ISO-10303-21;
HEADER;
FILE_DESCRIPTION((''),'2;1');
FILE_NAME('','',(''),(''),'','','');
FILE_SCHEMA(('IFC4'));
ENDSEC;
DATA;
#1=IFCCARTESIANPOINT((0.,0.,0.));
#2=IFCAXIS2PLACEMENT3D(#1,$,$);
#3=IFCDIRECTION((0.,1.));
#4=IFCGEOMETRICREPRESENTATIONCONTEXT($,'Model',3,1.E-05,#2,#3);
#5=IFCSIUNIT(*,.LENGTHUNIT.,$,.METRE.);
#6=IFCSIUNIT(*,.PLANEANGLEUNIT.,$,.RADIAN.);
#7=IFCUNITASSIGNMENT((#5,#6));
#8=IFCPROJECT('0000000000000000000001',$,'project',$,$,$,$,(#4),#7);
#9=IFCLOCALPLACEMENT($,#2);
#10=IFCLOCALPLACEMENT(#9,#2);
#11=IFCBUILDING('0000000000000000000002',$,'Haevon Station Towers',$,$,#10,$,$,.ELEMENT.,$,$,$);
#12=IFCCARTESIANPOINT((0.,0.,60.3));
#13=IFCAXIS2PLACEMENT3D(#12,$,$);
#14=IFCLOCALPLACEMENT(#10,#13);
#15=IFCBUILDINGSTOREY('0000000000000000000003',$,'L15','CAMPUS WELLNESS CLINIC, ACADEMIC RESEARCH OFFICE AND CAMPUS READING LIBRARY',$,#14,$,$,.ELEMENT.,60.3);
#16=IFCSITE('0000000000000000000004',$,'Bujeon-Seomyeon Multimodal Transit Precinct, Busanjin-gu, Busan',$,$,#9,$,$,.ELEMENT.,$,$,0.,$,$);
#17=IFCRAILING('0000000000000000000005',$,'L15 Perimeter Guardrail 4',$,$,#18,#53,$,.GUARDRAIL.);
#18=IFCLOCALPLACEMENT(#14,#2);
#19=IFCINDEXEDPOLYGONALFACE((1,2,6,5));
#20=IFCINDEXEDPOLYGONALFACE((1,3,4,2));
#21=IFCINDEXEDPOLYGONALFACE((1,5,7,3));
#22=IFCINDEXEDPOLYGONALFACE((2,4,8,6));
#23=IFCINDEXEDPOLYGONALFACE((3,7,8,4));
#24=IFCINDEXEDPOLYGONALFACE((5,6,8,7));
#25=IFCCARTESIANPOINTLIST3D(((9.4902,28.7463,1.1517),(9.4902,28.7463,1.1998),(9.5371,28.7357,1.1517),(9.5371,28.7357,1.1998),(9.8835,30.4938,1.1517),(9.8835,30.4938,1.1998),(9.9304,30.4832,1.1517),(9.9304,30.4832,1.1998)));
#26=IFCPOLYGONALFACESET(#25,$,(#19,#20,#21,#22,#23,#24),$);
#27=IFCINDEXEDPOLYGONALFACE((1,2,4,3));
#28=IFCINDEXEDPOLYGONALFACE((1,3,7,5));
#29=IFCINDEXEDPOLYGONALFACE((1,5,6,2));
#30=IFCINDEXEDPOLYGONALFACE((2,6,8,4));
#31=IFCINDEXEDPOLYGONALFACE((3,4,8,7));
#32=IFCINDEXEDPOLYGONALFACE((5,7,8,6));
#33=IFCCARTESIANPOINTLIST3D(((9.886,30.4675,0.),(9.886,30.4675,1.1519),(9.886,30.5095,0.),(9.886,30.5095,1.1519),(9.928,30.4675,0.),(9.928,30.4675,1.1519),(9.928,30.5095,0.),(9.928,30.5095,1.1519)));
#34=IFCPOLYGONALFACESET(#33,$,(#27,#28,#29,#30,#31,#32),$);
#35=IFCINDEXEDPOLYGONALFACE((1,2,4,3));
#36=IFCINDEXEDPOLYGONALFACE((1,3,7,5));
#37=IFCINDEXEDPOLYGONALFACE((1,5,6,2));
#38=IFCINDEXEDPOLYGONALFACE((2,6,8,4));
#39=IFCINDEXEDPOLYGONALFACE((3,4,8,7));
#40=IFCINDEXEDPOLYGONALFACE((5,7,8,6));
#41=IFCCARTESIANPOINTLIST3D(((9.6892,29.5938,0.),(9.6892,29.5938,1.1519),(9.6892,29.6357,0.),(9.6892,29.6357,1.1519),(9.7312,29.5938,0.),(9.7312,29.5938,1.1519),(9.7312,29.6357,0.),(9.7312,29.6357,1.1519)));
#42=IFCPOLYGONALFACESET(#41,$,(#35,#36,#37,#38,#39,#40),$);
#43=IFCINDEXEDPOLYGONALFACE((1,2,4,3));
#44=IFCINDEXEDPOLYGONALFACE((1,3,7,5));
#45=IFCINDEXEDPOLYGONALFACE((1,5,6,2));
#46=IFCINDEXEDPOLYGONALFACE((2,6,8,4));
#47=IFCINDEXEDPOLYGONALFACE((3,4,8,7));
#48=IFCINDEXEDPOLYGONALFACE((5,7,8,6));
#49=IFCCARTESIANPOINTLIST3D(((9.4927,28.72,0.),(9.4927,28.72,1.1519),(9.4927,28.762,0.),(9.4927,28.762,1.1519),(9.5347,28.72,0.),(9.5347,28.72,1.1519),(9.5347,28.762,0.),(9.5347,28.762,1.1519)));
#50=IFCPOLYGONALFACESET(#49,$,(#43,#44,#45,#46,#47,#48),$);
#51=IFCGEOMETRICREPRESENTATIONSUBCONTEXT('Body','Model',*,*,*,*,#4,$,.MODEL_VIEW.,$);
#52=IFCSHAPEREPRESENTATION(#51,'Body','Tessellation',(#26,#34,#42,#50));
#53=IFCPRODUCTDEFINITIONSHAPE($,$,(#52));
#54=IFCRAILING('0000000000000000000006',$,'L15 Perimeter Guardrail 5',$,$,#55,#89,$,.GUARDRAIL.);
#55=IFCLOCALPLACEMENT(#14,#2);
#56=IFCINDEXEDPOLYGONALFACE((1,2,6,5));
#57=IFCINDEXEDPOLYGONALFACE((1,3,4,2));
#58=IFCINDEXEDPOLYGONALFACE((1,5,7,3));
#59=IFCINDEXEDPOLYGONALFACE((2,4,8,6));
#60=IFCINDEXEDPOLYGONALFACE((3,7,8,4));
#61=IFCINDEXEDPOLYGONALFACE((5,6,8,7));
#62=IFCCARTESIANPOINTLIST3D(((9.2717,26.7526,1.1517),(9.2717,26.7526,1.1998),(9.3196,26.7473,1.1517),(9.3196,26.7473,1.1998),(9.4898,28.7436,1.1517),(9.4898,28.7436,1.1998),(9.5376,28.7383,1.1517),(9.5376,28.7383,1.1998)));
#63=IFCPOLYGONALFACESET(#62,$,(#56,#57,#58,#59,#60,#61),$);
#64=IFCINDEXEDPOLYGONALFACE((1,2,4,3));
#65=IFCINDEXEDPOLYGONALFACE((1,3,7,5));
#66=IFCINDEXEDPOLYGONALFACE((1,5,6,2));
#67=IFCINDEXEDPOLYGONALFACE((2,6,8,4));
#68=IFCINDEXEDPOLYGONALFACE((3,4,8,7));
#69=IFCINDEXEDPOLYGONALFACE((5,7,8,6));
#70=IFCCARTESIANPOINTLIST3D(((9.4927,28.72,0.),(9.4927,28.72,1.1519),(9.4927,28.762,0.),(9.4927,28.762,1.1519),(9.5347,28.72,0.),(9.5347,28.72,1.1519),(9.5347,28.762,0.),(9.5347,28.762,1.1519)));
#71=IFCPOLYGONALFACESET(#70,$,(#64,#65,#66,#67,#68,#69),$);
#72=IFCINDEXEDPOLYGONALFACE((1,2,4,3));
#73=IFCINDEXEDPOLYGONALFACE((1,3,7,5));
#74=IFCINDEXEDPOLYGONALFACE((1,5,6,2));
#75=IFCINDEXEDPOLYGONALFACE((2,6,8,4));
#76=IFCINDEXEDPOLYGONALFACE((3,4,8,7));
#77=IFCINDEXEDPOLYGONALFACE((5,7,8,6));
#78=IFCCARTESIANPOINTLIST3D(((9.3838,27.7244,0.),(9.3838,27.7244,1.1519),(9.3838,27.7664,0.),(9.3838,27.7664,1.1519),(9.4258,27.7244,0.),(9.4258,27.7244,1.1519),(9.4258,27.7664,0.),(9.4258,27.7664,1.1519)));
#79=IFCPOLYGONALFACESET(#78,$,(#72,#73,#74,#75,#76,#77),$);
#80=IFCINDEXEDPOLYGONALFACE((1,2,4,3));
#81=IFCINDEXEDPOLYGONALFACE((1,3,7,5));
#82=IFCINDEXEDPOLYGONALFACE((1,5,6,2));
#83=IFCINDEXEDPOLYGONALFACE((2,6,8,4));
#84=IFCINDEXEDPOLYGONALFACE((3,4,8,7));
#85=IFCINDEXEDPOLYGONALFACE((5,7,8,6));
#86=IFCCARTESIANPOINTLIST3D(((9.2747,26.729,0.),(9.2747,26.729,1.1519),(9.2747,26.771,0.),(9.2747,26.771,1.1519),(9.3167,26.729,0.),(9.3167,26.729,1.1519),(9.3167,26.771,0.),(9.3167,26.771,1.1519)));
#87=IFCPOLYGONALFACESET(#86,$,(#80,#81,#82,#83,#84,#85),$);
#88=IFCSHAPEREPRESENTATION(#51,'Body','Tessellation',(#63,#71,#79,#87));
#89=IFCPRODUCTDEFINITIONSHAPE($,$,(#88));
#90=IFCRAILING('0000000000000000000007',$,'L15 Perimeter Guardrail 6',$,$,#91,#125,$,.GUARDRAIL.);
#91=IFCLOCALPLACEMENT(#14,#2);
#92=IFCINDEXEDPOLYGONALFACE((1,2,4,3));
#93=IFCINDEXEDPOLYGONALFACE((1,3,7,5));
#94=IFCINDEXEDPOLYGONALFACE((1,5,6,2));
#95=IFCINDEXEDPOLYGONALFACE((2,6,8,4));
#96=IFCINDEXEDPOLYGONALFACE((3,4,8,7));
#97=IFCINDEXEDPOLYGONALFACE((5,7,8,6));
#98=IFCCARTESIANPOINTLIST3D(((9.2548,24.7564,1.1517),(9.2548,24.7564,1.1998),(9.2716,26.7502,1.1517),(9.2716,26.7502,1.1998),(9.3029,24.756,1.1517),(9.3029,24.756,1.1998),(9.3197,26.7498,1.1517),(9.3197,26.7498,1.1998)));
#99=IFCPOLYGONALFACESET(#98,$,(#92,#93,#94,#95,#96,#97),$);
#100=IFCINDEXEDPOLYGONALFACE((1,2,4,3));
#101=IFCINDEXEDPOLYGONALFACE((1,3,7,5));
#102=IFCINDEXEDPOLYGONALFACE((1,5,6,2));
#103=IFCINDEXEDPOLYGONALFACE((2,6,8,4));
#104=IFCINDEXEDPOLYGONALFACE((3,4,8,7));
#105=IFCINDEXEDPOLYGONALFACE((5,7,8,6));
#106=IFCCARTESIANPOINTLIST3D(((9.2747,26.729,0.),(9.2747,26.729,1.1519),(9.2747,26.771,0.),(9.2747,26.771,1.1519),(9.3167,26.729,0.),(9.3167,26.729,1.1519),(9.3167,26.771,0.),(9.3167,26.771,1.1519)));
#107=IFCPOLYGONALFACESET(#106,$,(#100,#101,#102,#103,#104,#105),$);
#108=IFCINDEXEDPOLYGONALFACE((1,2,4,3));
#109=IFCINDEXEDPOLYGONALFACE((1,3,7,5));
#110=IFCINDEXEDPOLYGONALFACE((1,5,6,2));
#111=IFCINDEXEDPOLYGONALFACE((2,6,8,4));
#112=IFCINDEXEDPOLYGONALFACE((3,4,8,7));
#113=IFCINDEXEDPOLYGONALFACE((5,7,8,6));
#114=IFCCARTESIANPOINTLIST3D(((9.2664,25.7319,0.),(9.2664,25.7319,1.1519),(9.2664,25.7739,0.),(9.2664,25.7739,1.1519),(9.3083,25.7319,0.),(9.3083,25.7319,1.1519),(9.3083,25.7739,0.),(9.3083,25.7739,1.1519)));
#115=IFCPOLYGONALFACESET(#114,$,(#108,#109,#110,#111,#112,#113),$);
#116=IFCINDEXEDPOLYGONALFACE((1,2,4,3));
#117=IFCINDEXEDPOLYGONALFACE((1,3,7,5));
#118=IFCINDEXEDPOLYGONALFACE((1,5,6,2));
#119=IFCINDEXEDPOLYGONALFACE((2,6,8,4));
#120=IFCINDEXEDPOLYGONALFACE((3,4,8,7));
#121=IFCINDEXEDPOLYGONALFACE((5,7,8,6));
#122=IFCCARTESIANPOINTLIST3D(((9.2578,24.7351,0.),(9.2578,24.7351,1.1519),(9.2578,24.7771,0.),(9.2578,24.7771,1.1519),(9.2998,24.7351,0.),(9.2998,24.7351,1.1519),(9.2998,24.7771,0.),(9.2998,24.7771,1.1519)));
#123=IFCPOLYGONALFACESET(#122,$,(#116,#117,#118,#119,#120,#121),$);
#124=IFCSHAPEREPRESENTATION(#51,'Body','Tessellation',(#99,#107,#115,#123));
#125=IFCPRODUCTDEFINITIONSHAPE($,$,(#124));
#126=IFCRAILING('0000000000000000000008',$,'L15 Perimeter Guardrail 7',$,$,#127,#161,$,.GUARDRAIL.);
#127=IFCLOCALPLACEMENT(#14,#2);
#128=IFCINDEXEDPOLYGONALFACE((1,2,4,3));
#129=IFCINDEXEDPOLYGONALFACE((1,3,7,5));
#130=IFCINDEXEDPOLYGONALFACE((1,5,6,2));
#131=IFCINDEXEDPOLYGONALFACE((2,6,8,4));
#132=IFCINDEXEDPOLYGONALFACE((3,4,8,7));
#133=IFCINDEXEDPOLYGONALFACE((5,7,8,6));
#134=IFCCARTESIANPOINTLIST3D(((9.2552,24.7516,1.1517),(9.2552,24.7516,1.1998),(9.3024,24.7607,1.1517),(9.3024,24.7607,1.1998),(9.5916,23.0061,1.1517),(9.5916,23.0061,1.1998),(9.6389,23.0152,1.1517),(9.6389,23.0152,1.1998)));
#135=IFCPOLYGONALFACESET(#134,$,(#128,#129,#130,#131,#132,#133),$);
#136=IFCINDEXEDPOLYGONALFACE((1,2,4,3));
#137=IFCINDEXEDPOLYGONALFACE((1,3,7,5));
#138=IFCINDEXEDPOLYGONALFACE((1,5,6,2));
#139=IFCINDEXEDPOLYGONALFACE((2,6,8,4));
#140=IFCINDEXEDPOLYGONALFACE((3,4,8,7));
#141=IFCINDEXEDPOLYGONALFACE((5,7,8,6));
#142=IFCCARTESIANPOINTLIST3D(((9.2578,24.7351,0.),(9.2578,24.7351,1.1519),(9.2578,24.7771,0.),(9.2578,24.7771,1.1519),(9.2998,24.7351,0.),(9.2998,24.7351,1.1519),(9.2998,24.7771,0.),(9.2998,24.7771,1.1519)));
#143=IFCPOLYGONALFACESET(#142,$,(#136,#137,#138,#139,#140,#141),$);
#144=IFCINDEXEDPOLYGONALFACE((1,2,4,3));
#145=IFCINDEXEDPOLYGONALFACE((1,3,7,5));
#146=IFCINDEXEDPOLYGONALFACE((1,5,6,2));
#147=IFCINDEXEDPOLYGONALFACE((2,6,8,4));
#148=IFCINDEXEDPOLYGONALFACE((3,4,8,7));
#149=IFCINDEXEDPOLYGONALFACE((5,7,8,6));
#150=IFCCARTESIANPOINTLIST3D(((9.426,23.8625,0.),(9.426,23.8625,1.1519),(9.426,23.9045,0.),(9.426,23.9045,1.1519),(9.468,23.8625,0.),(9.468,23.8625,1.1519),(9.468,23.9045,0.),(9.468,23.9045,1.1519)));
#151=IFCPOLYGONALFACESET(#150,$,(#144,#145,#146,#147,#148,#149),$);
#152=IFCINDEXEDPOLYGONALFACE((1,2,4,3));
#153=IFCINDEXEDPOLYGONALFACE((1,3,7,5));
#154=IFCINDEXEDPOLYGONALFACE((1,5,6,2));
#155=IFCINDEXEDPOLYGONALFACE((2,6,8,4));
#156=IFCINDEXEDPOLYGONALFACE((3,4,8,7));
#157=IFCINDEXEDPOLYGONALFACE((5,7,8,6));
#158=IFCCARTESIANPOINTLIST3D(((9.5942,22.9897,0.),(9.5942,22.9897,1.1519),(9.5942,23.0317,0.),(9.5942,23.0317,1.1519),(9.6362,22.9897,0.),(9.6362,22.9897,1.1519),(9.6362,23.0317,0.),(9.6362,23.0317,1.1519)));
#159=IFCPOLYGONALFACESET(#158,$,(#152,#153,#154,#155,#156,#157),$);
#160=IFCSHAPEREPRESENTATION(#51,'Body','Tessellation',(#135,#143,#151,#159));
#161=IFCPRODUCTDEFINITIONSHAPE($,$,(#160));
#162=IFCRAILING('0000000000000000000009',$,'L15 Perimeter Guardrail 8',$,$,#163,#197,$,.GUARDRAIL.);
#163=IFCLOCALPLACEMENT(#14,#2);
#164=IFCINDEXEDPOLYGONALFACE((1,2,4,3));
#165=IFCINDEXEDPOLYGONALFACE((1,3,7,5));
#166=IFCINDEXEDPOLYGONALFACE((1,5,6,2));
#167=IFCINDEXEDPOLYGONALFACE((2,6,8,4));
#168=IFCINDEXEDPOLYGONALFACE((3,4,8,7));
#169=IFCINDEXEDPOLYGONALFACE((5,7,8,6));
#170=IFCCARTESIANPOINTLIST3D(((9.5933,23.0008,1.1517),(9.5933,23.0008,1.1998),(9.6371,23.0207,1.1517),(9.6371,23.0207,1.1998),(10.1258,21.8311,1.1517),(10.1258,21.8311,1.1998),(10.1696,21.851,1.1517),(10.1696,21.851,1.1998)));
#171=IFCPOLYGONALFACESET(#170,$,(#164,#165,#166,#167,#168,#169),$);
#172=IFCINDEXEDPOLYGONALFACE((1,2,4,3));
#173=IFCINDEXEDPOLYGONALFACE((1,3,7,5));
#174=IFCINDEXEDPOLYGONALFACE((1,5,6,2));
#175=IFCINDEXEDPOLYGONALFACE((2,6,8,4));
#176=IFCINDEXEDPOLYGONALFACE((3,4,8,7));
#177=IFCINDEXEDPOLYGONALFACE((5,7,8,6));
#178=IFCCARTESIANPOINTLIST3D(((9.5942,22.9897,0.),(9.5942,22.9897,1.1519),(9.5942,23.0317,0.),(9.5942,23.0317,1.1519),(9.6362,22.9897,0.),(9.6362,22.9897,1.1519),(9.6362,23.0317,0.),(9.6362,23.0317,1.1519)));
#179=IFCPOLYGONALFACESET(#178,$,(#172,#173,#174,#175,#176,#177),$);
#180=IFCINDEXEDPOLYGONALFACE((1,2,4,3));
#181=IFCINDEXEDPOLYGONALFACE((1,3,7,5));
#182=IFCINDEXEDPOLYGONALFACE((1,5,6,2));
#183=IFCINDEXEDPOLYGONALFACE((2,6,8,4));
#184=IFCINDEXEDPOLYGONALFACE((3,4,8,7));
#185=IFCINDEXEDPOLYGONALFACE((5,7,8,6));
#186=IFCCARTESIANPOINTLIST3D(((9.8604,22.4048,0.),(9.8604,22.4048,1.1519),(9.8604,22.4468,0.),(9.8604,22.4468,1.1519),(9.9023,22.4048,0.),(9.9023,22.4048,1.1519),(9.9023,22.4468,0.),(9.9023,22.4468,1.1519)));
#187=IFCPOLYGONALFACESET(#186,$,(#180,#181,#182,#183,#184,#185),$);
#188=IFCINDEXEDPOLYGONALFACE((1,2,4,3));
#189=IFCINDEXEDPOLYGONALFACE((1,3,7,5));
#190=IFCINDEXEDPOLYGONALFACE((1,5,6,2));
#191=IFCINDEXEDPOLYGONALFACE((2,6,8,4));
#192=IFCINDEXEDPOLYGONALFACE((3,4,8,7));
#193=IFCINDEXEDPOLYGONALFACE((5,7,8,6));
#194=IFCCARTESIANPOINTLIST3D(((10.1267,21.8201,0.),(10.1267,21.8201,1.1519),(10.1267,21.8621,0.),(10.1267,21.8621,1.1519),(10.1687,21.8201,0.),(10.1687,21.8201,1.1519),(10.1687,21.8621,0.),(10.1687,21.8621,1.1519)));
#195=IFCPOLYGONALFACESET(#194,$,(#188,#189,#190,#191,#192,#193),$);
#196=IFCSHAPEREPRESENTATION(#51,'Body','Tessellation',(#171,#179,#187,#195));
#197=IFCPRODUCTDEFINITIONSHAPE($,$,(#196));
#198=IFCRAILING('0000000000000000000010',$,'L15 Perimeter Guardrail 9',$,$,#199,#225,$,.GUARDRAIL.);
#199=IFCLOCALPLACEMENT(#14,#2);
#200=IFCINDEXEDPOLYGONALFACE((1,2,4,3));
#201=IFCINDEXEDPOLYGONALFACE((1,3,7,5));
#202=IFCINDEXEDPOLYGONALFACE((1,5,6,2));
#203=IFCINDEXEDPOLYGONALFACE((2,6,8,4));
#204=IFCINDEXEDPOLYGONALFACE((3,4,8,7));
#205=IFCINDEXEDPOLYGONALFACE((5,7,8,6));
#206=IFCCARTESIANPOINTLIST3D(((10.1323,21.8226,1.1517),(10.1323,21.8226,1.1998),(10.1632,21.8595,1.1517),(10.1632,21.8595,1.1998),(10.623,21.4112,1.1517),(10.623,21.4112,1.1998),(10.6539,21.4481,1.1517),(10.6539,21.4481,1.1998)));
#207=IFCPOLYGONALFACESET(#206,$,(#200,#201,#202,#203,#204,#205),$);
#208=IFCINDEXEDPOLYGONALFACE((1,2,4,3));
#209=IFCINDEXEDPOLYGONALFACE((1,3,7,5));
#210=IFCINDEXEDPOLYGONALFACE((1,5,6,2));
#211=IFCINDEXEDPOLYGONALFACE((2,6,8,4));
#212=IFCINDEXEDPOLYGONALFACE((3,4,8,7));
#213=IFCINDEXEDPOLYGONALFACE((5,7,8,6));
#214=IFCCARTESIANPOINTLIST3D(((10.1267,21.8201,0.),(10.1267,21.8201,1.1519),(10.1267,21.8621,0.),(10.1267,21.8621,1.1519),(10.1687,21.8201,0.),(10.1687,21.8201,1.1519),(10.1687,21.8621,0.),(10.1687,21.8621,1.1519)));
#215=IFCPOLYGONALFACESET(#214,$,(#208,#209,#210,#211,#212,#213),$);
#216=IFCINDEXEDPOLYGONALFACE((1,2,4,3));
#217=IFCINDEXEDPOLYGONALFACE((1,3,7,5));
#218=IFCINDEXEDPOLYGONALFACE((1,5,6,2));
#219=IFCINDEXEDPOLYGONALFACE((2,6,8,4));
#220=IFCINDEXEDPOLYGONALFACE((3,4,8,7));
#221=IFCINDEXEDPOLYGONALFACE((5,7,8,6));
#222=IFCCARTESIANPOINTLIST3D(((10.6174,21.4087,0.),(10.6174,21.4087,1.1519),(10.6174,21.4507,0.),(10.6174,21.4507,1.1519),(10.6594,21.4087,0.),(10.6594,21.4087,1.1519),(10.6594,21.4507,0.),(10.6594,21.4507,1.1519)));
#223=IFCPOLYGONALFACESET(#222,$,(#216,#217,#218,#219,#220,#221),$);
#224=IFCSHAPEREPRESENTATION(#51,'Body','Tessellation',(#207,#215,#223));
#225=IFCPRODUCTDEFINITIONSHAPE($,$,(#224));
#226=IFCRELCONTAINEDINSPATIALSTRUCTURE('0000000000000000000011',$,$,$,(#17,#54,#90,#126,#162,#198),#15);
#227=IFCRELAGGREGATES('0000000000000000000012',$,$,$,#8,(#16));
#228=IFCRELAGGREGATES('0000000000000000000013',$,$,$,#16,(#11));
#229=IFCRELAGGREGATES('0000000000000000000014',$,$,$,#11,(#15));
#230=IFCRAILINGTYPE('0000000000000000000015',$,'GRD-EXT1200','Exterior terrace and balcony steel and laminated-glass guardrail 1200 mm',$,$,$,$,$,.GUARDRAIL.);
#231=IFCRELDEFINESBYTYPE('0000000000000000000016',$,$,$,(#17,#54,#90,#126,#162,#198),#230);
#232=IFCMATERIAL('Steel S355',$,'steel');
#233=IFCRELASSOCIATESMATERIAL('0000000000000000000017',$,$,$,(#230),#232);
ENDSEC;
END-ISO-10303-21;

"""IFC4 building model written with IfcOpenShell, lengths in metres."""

from ifc_helpers import new_model, si_unit, direction, frame, origin, origin_2d, place, context, subcontext, project, spatial, rectangle, extrude, material, type_object, element, save


model = new_model("IFC4")

# Units and contexts
model_context = context("Model", 3, precision=1e-05, world=origin(), true_north=direction((0.0, 1.0)))
body_context = subcontext(model_context, "Body", "Model", "MODEL_VIEW")
ifc_project = project(units=[si_unit("LENGTHUNIT", "METRE"), si_unit("PLANEANGLEUNIT", "RADIAN")], contexts=[model_context])

# Site, building, storey
site_placement = place(None, origin())
site = spatial("IfcSite", under=ifc_project, at=site_placement, Name="Bujeon-Seomyeon Multimodal Transit Precinct, Busanjin-gu, Busan", CompositionType="ELEMENT", RefElevation=0.0)
building_placement = place(site_placement, origin())
building = spatial("IfcBuilding", under=site, at=building_placement, Name="Haevon Station Towers", CompositionType="ELEMENT")
storey_placement = place(building_placement, frame((0.0, 0.0, 60.3)))
storey = spatial("IfcBuildingStorey", under=building, at=storey_placement, Name="L15", Description="CAMPUS WELLNESS CLINIC, ACADEMIC RESEARCH OFFICE AND CAMPUS READING LIBRARY", CompositionType="ELEMENT", Elevation=60.3)

# Shared definitions
ifc_material_1 = material(Name="Steel S355", Category="steel")

# Railings
railing_type = type_object("IfcRailingType", Name="GRD-EXT1200", Description="Exterior terrace and balcony steel and laminated-glass guardrail 1200 mm", PredefinedType="GUARDRAIL", material=ifc_material_1)
railing_1_placement = place(storey_placement, frame((9.907, 30.4885, 0.0)))
element("IfcRailing", 1, at=railing_1_placement, inside=storey, type_object=railing_type, Name="L15 Perimeter Guardrail 4", PredefinedType="GUARDRAIL", context=body_context, shape_type="SweptSolid", body=[
    extrude(rectangle(XDim=0.0481, YDim=0.0481, at=origin_2d()), frame((0.0, 0.0, 1.1758), z_axis=(-0.219571, -0.975597, 0.0), x_axis=(0.975597, -0.219571, 0.0)), (0.0, 0.0, 1.0), 1.7913),
    extrude(rectangle(XDim=0.042, YDim=0.042, at=origin_2d()), origin(), (0.0, 0.0, 1.0), 1.1519),
    extrude(rectangle(XDim=0.042, YDim=0.042, at=origin_2d()), frame((-0.1968, -0.8738, 0.0)), (0.0, 0.0, 1.0), 1.1519),
    extrude(rectangle(XDim=0.042, YDim=0.042, at=origin_2d()), frame((-0.3933, -1.7476, 0.0)), (0.0, 0.0, 1.0), 1.1519),
])
railing_2_placement = place(storey_placement, frame((9.5137, 28.741, 0.0)))
element("IfcRailing", 2, at=railing_2_placement, inside=storey, type_object=railing_type, Name="L15 Perimeter Guardrail 5", PredefinedType="GUARDRAIL", context=body_context, shape_type="SweptSolid", body=[
    extrude(rectangle(XDim=0.0481, YDim=0.0481, at=origin_2d()), frame((0.0, 0.0, 1.1758), z_axis=(-0.108853, -0.994058, 0.0), x_axis=(0.994058, -0.108853, 0.0)), (0.0, 0.0, 1.0), 2.0029),
    extrude(rectangle(XDim=0.042, YDim=0.042, at=origin_2d()), origin(), (0.0, 0.0, 1.0), 1.1519),
    extrude(rectangle(XDim=0.042, YDim=0.042, at=origin_2d()), frame((-0.1089, -0.9956, 0.0)), (0.0, 0.0, 1.0), 1.1519),
    extrude(rectangle(XDim=0.042, YDim=0.042, at=origin_2d()), frame((-0.218, -1.991, 0.0)), (0.0, 0.0, 1.0), 1.1519),
])
railing_3_placement = place(storey_placement, frame((9.2957, 26.75, 0.0)))
element("IfcRailing", 3, at=railing_3_placement, inside=storey, type_object=railing_type, Name="L15 Perimeter Guardrail 6", PredefinedType="GUARDRAIL", context=body_context, shape_type="SweptSolid", body=[
    extrude(rectangle(XDim=0.0481, YDim=0.0481, at=origin_2d()), frame((0.0, 0.0, 1.1758), z_axis=(-0.008448, -0.999964, 0.0), x_axis=(0.999964, -0.008448, 0.0)), (0.0, 0.0, 1.0), 1.9939),
    extrude(rectangle(XDim=0.042, YDim=0.042, at=origin_2d()), origin(), (0.0, 0.0, 1.0), 1.1519),
    extrude(rectangle(XDim=0.042, YDim=0.042, at=origin_2d()), frame((-0.0083, -0.9971, 0.0)), (0.0, 0.0, 1.0), 1.1519),
    extrude(rectangle(XDim=0.042, YDim=0.042, at=origin_2d()), frame((-0.0168, -1.9939, 0.0)), (0.0, 0.0, 1.0), 1.1519),
])
railing_4_placement = place(storey_placement, frame((9.2788, 24.7561, 0.0)))
element("IfcRailing", 4, at=railing_4_placement, inside=storey, type_object=railing_type, Name="L15 Perimeter Guardrail 7", PredefinedType="GUARDRAIL", context=body_context, shape_type="SweptSolid", body=[
    extrude(rectangle(XDim=0.0481, YDim=0.0481, at=origin_2d()), frame((0.0, 0.0, 1.1758), z_axis=(0.18927, -0.981925, 0.0), x_axis=(0.981925, 0.18927, 0.0)), (0.0, 0.0, 1.0), 1.7776),
    extrude(rectangle(XDim=0.042, YDim=0.042, at=origin_2d()), origin(), (0.0, 0.0, 1.0), 1.1519),
    extrude(rectangle(XDim=0.042, YDim=0.042, at=origin_2d()), frame((0.1682, -0.8726, 0.0)), (0.0, 0.0, 1.0), 1.1519),
    extrude(rectangle(XDim=0.042, YDim=0.042, at=origin_2d()), frame((0.3364, -1.7454, 0.0)), (0.0, 0.0, 1.0), 1.1519),
])
railing_5_placement = place(storey_placement, frame((9.6152, 23.0107, 0.0)))
element("IfcRailing", 5, at=railing_5_placement, inside=storey, type_object=railing_type, Name="L15 Perimeter Guardrail 8", PredefinedType="GUARDRAIL", context=body_context, shape_type="SweptSolid", body=[
    extrude(rectangle(XDim=0.0481, YDim=0.0481, at=origin_2d()), frame((0.0, 0.0, 1.1758), z_axis=(0.414318, -0.910132, 0.0), x_axis=(0.910132, 0.414318, 0.0)), (0.0, 0.0, 1.0), 1.2852),
    extrude(rectangle(XDim=0.042, YDim=0.042, at=origin_2d()), origin(), (0.0, 0.0, 1.0), 1.1519),
    extrude(rectangle(XDim=0.042, YDim=0.042, at=origin_2d()), frame((0.2661, -0.585, 0.0)), (0.0, 0.0, 1.0), 1.1519),
    extrude(rectangle(XDim=0.042, YDim=0.042, at=origin_2d()), frame((0.5325, -1.1697, 0.0)), (0.0, 0.0, 1.0), 1.1519),
])
railing_6_placement = place(storey_placement, frame((10.1477, 21.8411, 0.0)))
element("IfcRailing", 6, at=railing_6_placement, inside=storey, type_object=railing_type, Name="L15 Perimeter Guardrail 9", PredefinedType="GUARDRAIL", context=body_context, shape_type="SweptSolid", body=[
    extrude(rectangle(XDim=0.0481, YDim=0.0481, at=origin_2d()), frame((0.0, 0.0, 1.1758), z_axis=(0.766343, -0.642432, 0.0), x_axis=(0.642432, 0.766343, 0.0)), (0.0, 0.0, 1.0), 0.6404),
    extrude(rectangle(XDim=0.042, YDim=0.042, at=origin_2d()), origin(), (0.0, 0.0, 1.0), 1.1519),
    extrude(rectangle(XDim=0.042, YDim=0.042, at=origin_2d()), frame((0.4907, -0.4114, 0.0)), (0.0, 0.0, 1.0), 1.1519),
])

save(model, "model.ifc")
